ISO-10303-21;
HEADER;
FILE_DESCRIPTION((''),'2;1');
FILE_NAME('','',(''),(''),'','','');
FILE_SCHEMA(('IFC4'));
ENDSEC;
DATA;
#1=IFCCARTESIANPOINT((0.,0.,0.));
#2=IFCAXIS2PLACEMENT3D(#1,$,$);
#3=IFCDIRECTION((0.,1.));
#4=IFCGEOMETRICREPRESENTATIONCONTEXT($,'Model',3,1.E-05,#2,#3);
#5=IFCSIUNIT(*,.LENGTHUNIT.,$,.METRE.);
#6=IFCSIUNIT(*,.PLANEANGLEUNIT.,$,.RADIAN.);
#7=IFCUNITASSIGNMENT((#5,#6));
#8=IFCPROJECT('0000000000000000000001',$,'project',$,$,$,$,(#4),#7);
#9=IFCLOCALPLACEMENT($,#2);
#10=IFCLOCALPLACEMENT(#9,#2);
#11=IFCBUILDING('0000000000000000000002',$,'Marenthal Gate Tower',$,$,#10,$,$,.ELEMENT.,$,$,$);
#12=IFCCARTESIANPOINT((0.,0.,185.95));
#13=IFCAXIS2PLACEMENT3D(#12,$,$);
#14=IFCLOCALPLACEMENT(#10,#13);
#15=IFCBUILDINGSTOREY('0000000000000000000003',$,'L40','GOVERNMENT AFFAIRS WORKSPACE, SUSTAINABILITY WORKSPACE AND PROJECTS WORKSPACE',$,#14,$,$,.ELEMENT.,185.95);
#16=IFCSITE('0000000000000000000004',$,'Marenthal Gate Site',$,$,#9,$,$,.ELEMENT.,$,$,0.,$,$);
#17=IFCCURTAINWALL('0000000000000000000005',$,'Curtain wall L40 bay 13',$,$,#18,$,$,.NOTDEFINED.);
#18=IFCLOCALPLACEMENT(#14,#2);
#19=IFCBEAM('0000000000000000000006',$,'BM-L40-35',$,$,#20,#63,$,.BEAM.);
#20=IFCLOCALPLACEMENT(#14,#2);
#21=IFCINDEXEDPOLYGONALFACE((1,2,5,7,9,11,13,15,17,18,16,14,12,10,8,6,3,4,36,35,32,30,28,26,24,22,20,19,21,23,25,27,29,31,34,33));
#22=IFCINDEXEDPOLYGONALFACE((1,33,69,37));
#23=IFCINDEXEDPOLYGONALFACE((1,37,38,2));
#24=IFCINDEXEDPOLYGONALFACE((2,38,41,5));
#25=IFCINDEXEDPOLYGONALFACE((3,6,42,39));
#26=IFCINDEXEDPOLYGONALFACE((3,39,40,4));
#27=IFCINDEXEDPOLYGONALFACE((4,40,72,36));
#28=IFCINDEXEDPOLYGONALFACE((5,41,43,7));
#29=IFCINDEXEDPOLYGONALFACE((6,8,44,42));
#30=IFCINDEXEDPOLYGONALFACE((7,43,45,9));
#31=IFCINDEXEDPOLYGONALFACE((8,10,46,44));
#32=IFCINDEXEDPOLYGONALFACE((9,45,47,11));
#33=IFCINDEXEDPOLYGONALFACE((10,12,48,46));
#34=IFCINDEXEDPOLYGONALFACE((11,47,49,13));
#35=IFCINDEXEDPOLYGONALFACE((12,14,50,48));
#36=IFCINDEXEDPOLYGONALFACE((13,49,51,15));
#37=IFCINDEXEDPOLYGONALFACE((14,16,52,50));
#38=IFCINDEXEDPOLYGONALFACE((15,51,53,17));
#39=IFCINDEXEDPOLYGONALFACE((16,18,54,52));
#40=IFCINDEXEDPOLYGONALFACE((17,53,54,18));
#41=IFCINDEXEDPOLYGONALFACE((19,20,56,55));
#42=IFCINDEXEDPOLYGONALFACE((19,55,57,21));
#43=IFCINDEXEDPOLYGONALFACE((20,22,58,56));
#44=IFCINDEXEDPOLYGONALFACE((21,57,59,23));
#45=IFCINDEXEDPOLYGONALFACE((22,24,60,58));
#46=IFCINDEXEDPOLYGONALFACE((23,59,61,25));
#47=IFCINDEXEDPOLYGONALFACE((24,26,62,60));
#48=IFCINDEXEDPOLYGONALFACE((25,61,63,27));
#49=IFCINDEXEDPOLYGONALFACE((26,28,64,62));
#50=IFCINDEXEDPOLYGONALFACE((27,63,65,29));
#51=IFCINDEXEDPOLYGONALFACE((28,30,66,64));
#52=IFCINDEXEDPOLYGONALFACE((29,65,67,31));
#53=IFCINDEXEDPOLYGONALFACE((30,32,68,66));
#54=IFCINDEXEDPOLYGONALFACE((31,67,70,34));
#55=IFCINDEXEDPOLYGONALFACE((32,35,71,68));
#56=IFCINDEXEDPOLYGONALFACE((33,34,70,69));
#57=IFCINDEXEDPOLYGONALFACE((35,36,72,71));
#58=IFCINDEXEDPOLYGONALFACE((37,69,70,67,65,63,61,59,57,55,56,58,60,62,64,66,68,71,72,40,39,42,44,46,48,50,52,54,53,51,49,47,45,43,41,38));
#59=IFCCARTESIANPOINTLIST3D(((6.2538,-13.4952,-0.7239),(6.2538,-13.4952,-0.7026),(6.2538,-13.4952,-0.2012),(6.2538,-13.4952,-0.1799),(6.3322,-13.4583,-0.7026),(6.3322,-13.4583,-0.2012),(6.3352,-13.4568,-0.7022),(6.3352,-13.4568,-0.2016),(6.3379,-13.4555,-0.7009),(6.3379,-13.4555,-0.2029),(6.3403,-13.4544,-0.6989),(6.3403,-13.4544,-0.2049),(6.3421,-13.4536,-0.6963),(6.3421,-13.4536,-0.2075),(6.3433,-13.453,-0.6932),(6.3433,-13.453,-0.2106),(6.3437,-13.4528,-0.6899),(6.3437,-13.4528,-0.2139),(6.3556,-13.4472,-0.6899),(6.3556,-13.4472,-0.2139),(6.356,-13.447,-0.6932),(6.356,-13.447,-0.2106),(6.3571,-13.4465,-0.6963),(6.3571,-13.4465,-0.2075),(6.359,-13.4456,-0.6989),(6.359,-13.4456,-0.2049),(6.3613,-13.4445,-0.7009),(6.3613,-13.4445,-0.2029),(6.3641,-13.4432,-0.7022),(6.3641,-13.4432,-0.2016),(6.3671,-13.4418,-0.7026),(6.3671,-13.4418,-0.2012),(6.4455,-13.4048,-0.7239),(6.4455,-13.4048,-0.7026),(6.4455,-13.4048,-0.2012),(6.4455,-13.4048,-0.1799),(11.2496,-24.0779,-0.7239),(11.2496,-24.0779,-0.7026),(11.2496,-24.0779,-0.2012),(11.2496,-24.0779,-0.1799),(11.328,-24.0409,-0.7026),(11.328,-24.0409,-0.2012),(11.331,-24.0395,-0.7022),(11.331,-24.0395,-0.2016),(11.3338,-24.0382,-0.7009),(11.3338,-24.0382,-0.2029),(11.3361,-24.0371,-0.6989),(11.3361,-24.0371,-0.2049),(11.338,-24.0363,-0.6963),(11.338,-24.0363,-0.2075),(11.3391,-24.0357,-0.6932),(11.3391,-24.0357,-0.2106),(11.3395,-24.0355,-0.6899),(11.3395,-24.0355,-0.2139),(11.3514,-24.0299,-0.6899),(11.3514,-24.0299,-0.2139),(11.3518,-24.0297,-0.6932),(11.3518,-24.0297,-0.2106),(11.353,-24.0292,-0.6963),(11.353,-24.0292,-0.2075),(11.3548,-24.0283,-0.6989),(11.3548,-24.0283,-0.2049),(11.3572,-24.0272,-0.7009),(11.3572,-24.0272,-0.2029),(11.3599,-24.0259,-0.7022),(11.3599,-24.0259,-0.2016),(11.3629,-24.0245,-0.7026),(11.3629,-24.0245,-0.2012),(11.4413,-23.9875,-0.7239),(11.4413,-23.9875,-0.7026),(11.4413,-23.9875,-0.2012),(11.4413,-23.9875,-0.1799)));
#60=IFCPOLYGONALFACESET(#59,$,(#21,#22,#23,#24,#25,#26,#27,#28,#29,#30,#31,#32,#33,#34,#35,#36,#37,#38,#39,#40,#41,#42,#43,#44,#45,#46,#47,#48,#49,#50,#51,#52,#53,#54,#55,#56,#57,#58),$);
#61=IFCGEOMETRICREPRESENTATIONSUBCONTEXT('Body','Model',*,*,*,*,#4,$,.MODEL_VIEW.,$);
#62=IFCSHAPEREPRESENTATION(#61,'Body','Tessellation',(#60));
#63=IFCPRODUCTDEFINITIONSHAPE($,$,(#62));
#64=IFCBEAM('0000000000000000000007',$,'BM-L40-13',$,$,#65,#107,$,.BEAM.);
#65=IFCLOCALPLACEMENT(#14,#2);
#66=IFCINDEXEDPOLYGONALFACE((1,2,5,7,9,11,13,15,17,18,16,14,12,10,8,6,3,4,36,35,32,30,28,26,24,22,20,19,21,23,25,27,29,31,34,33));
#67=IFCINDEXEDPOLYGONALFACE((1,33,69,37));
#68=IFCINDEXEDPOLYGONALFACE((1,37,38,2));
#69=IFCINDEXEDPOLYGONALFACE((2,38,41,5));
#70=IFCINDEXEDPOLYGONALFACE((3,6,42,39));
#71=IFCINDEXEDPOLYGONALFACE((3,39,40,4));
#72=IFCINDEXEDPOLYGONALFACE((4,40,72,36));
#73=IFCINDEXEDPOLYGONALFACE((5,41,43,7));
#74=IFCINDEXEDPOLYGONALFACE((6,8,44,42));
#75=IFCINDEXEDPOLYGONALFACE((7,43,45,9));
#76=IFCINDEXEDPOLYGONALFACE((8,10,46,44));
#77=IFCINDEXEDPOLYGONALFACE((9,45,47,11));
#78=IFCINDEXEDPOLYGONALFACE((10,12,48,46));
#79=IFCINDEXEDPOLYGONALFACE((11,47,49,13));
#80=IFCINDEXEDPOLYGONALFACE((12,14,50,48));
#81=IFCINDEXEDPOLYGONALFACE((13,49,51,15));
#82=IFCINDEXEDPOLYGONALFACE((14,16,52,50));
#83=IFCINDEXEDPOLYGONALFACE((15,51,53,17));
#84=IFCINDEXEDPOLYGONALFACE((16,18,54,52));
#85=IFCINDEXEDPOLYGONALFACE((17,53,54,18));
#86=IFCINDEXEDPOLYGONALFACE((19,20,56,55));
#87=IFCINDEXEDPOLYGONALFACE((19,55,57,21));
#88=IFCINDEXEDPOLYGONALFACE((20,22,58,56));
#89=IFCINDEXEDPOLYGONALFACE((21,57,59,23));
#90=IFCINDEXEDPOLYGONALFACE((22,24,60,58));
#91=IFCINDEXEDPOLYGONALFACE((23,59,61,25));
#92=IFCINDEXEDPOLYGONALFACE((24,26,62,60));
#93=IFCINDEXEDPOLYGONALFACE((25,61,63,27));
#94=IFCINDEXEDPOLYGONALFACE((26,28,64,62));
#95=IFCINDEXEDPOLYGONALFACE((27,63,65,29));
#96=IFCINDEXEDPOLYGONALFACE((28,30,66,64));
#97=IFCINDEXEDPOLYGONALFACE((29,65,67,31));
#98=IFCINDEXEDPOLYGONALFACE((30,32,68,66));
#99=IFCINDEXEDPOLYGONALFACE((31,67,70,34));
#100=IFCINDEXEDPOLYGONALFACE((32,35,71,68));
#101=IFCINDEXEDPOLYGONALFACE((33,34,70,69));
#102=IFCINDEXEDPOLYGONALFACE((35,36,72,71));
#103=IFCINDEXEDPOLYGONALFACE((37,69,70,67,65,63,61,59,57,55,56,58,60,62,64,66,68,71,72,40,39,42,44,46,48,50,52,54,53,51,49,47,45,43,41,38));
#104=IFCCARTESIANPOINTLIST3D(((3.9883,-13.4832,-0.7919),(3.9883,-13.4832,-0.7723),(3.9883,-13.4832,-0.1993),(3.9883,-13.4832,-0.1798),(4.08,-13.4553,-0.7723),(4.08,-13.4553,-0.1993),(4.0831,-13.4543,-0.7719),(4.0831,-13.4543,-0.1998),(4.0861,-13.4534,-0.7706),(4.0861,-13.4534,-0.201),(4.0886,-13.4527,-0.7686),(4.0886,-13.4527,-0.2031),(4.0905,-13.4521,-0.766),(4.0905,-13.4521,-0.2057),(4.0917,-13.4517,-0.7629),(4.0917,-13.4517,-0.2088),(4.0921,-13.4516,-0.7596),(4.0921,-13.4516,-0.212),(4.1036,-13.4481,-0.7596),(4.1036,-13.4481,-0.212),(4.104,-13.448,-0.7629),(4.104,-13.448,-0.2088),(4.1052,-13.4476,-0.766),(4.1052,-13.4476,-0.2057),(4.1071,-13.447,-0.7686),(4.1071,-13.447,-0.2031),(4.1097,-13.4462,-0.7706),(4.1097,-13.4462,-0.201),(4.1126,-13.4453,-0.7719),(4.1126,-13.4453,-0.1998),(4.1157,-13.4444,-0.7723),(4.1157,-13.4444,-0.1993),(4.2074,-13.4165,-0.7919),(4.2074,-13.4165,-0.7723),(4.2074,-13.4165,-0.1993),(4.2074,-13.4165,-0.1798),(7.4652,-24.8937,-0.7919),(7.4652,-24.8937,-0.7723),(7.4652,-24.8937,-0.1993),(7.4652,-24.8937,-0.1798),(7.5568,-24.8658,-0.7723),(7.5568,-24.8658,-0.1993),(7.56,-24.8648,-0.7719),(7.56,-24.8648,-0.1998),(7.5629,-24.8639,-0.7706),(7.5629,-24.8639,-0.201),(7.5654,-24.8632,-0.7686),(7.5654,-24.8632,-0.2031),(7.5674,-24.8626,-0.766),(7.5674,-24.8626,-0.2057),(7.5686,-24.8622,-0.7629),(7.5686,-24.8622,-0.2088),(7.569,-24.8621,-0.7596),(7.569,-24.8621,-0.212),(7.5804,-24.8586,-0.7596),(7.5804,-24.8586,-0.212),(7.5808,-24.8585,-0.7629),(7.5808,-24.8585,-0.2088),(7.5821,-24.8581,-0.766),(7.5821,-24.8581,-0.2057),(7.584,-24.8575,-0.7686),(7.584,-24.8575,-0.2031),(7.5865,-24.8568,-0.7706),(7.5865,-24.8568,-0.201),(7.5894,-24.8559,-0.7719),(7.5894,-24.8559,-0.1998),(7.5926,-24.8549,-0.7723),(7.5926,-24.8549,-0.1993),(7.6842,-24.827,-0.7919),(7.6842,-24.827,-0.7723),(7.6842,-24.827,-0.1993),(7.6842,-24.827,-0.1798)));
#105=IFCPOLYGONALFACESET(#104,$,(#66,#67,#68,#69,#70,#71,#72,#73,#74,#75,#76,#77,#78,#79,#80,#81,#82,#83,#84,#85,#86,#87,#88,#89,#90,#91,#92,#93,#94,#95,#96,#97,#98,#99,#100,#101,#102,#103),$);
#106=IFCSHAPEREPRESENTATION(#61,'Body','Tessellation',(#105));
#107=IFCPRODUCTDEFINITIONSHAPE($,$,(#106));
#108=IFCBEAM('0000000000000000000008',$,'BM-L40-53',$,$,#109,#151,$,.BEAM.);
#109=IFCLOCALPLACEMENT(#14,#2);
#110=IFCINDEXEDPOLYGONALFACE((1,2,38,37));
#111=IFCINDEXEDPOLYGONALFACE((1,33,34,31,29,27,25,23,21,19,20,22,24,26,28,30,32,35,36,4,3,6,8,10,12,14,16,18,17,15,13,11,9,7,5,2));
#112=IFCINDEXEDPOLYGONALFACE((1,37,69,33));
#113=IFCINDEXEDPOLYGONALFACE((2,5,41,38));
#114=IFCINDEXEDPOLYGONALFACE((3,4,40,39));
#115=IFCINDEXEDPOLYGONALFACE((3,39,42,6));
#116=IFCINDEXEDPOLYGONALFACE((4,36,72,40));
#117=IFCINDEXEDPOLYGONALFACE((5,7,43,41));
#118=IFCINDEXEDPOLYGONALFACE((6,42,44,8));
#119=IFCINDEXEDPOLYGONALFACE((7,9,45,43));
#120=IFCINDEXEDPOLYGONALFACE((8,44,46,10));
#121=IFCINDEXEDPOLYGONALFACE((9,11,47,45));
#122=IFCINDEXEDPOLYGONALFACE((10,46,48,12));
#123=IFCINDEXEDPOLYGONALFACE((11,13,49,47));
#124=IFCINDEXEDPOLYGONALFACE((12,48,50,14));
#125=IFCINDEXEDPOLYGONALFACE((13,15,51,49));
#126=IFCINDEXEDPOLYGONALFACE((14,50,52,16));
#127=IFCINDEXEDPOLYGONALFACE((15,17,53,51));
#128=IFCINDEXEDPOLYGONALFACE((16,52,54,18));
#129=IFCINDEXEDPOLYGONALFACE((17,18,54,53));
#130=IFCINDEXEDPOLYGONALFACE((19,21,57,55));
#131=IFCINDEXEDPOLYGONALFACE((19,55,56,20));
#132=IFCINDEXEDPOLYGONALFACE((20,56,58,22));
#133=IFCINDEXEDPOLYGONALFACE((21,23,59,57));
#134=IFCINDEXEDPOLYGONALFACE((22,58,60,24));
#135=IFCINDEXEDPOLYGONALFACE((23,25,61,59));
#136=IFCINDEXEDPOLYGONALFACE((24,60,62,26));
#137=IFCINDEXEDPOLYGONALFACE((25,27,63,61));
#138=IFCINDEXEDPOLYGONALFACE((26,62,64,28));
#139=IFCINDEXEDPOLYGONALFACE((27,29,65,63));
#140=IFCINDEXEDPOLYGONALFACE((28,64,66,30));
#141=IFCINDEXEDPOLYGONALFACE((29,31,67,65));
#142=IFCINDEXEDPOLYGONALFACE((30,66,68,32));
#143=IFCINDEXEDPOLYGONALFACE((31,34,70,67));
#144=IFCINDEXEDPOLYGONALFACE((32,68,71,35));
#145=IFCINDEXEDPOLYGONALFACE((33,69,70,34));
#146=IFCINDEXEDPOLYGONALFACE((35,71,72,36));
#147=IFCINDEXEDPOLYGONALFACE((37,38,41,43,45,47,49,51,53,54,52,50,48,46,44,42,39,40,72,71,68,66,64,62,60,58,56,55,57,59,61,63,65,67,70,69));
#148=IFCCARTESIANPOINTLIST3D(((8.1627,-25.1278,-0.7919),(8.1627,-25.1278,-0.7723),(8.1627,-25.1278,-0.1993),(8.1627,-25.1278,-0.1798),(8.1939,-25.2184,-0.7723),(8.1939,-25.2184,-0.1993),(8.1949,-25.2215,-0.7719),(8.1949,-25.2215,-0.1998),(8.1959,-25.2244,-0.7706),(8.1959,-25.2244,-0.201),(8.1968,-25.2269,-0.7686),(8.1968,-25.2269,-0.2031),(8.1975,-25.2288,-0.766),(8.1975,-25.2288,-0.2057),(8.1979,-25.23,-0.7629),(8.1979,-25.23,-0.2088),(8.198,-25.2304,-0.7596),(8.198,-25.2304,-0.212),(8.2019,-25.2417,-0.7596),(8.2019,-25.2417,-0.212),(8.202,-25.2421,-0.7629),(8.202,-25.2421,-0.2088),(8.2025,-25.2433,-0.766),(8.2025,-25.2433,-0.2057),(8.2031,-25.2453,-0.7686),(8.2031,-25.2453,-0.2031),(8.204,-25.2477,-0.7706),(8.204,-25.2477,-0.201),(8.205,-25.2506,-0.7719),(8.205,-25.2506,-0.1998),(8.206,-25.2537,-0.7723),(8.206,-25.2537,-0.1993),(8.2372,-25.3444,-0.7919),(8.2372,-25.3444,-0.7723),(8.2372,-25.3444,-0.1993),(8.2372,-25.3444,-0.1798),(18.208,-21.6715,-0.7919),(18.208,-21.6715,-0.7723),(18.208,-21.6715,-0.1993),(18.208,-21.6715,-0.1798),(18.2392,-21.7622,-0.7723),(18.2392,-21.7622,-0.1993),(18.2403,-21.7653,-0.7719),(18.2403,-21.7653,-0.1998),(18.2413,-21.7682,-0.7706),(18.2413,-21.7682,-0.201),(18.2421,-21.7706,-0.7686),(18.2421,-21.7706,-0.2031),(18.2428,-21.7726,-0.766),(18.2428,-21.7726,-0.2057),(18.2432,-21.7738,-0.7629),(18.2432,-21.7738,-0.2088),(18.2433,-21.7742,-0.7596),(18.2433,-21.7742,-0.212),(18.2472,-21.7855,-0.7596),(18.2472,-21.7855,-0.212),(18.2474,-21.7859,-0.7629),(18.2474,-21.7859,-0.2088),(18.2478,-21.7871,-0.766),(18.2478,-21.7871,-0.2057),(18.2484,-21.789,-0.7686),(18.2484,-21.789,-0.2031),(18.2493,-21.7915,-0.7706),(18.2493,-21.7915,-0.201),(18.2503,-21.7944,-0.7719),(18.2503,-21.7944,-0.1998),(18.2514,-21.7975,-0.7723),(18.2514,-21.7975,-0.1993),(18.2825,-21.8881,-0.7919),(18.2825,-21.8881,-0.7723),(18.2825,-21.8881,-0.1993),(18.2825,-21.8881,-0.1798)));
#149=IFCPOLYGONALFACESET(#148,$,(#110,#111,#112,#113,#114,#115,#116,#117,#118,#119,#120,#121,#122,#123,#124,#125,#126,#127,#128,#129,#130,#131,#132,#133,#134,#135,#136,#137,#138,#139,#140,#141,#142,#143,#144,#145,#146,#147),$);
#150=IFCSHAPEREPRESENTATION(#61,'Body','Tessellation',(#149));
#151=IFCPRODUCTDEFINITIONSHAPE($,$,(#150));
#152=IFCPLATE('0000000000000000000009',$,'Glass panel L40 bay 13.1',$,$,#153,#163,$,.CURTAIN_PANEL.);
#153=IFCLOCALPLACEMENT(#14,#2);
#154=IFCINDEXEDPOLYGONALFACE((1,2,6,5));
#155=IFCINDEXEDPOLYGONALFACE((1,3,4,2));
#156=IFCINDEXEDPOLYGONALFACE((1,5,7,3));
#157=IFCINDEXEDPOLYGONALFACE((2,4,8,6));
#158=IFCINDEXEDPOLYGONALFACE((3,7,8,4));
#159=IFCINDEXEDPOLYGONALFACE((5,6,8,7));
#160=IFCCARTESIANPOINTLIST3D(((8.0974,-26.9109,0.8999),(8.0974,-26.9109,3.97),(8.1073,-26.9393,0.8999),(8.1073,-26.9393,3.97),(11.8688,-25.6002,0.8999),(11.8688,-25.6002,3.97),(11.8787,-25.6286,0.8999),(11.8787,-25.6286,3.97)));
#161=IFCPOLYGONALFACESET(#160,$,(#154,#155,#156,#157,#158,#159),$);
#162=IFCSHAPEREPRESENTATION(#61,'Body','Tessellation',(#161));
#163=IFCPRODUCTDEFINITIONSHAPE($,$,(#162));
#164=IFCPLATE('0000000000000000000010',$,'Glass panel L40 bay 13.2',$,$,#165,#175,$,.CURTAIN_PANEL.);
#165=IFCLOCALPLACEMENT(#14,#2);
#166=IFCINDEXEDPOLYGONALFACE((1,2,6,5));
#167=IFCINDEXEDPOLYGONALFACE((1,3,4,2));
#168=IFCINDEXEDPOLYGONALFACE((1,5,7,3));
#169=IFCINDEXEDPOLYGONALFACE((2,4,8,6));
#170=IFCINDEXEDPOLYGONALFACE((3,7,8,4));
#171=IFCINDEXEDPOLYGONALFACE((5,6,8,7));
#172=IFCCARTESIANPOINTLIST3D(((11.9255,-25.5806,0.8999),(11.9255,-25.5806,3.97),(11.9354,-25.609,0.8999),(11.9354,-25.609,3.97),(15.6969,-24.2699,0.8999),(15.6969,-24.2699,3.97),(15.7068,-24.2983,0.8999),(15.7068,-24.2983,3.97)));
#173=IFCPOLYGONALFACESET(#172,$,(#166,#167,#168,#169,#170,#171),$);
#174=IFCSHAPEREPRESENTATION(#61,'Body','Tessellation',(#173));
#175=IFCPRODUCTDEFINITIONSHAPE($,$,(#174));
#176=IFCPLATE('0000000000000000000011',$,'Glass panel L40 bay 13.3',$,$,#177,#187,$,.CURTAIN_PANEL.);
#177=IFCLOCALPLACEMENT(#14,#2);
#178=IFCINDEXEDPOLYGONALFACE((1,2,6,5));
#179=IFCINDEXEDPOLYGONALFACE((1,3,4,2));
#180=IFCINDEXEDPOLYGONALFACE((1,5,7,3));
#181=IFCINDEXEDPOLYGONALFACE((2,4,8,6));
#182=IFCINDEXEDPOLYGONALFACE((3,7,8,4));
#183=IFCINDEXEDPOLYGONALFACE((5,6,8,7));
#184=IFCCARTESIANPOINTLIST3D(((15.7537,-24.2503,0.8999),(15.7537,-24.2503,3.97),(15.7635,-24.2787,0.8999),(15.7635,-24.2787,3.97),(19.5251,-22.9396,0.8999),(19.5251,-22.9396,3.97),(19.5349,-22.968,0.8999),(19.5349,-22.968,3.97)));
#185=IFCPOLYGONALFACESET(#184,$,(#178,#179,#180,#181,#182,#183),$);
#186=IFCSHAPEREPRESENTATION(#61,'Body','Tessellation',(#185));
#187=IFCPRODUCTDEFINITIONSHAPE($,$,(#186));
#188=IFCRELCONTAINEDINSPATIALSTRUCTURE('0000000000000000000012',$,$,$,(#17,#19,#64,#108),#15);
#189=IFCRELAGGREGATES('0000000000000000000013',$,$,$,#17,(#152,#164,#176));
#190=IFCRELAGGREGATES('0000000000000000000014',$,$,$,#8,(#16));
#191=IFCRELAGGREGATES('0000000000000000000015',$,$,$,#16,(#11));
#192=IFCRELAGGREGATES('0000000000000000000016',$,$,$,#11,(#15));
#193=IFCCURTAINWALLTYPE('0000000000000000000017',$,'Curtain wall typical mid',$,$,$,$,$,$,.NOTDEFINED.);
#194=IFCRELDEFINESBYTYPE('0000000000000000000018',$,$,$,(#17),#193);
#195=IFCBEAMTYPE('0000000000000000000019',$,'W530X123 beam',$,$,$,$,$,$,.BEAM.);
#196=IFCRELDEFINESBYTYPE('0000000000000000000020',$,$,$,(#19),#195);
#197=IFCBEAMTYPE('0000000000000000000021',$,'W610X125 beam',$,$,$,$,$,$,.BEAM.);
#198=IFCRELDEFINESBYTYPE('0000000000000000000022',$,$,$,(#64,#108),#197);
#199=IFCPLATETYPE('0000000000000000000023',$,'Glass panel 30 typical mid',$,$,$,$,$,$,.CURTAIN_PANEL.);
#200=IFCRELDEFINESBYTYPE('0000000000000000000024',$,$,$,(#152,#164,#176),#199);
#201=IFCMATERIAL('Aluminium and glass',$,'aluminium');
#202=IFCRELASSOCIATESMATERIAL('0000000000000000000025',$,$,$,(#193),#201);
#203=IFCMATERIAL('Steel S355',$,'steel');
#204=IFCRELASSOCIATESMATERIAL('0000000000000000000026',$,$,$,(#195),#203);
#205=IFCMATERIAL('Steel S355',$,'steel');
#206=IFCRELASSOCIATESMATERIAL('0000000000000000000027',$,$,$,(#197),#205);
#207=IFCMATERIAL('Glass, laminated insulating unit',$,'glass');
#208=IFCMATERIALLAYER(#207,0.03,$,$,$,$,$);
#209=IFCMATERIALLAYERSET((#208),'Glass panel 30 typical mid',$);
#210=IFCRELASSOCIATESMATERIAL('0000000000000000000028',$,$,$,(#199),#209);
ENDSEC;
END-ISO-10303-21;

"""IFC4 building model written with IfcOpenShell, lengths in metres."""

from ifc_helpers import new_model, si_unit, direction, frame, origin, origin_2d, place, context, subcontext, project, spatial, rectangle, i_section, extrude, material, layer, layer_set, material_profile, profile_set, type_object, element, aggregate, save


model = new_model("IFC4")

# Units and contexts
model_context = context("Model", 3, precision=1e-05, world=origin(), true_north=direction((0.0, 1.0)))
body_context = subcontext(model_context, "Body", "Model", "MODEL_VIEW")
ifc_project = project(units=[si_unit("LENGTHUNIT", "METRE"), si_unit("PLANEANGLEUNIT", "RADIAN")], contexts=[model_context])

# Site, building, storey
site_placement = place(None, origin())
site = spatial("IfcSite", under=ifc_project, at=site_placement, Name="Marenthal Gate Site", CompositionType="ELEMENT", RefElevation=0.0)
building_placement = place(site_placement, origin())
building = spatial("IfcBuilding", under=site, at=building_placement, Name="Marenthal Gate Tower", CompositionType="ELEMENT")
storey_placement = place(building_placement, frame((0.0, 0.0, 185.95)))
storey = spatial("IfcBuildingStorey", under=building, at=storey_placement, Name="L40", Description="GOVERNMENT AFFAIRS WORKSPACE, SUSTAINABILITY WORKSPACE AND PROJECTS WORKSPACE", CompositionType="ELEMENT", Elevation=185.95)

# Curtain wall
ifc_material_1 = material(Name="Aluminium and glass", Category="aluminium")
curtain_wall_type = type_object("IfcCurtainWallType", Name="Curtain wall typical mid", PredefinedType="NOTDEFINED", material=ifc_material_1)
curtain_wall_placement = place(storey_placement, origin())
curtain_wall = element("IfcCurtainWall", 1, at=curtain_wall_placement, inside=storey, type_object=curtain_wall_type, Name="Curtain wall L40 bay 13", PredefinedType="NOTDEFINED")

# Beams
ifc_material_2 = material(Name="Steel S355", Category="steel")
ifc_material_profile_1 = material_profile(ifc_material_2, i_section(OverallWidth=0.2119, OverallDepth=0.5439, WebThickness=0.0132, FlangeThickness=0.0212, FilletRadius=0.0127, at=origin_2d()), Name="W530X123")
ifc_profile_set_1 = profile_set([ifc_material_profile_1], Name="Steel S355")
beam_type_1 = type_object("IfcBeamType", Name="W530X123 beam", PredefinedType="BEAM", material=ifc_profile_set_1)
beam_1_placement = place(storey_placement, frame((11.3455, -24.0327, -0.4519), z_axis=(-0.426897, 0.9043, 0.0), x_axis=(-0.9043, -0.426897, 0.0)))
element("IfcBeam", 2, at=beam_1_placement, inside=storey, type_object=beam_type_1, Name="BM-L40-35", PredefinedType="BEAM", context=body_context, shape_type="SweptSolid", body=[
    extrude(i_section(OverallWidth=0.2119, OverallDepth=0.5439, WebThickness=0.0132, FlangeThickness=0.0212, FilletRadius=0.0127, at=origin_2d()), origin(), (0.0, 0.0, 1.0), 11.7026),
])
ifc_material_3 = material(Name="Steel S355", Category="steel")
ifc_material_profile_2 = material_profile(ifc_material_3, i_section(OverallWidth=0.229, OverallDepth=0.6121, WebThickness=0.012, FlangeThickness=0.0195, FilletRadius=0.0127, at=origin_2d()), Name="W610X125")
ifc_profile_set_2 = profile_set([ifc_material_profile_2], Name="Steel S355")
beam_type_2 = type_object("IfcBeamType", Name="W610X125 beam", PredefinedType="BEAM", material=ifc_profile_set_2)
beam_2_placement = place(storey_placement, frame((7.5747, -24.8604, -0.4858), z_axis=(-0.291474, 0.956579, 0.0), x_axis=(-0.956579, -0.291474, 0.0)))
element("IfcBeam", 3, at=beam_2_placement, inside=storey, type_object=beam_type_2, Name="BM-L40-13", PredefinedType="BEAM", context=body_context, shape_type="SweptSolid", body=[
    extrude(i_section(OverallWidth=0.229, OverallDepth=0.6121, WebThickness=0.012, FlangeThickness=0.0195, FilletRadius=0.0127, at=origin_2d()), origin(), (0.0, 0.0, 1.0), 11.9285),
])
beam_3_placement = place(storey_placement, frame((8.2, -25.2361, -0.4858), z_axis=(0.945594, 0.325348, 0.0), x_axis=(-0.325348, 0.945594, 0.0)))
element("IfcBeam", 4, at=beam_3_placement, inside=storey, type_object=beam_type_2, Name="BM-L40-53", PredefinedType="BEAM", context=body_context, shape_type="SweptSolid", body=[
    extrude(i_section(OverallWidth=0.229, OverallDepth=0.6121, WebThickness=0.012, FlangeThickness=0.0195, FilletRadius=0.0127, at=origin_2d()), origin(), (0.0, 0.0, 1.0), 10.6233),
])

# Plates
ifc_material_4 = material(Name="Glass, laminated insulating unit", Category="glass")
ifc_layer_1 = layer(ifc_material_4, 0.03)
ifc_layer_set_1 = layer_set([ifc_layer_1], Name="Glass panel 30 typical mid")
plate_type = type_object("IfcPlateType", Name="Glass panel 30 typical mid", PredefinedType="CURTAIN_PANEL", material=ifc_layer_set_1)
plate_1_placement = place(storey_placement, frame((9.988, -26.2698, 0.8999), z_axis=(0.0, 0.0, 1.0), x_axis=(0.944583, 0.328273, 0.0)))
plate_1 = element("IfcPlate", 5, at=plate_1_placement, type_object=plate_type, Name="Glass panel L40 bay 13.1", PredefinedType="CURTAIN_PANEL", context=body_context, shape_type="SweptSolid", body=[
    extrude(rectangle(XDim=3.9927, YDim=0.03, at=origin_2d()), origin(), (0.0, 0.0, 1.0), 3.0701),
])
plate_2_placement = place(storey_placement, frame((13.8162, -24.9395, 0.8999), z_axis=(0.0, 0.0, 1.0), x_axis=(0.944583, 0.328273, 0.0)))
plate_2 = element("IfcPlate", 6, at=plate_2_placement, type_object=plate_type, Name="Glass panel L40 bay 13.2", PredefinedType="CURTAIN_PANEL", context=body_context, shape_type="SweptSolid", body=[
    extrude(rectangle(XDim=3.9927, YDim=0.03, at=origin_2d()), origin(), (0.0, 0.0, 1.0), 3.0701),
])
plate_3_placement = place(storey_placement, frame((17.6443, -23.6091, 0.8999), z_axis=(0.0, 0.0, 1.0), x_axis=(0.944583, 0.328273, 0.0)))
plate_3 = element("IfcPlate", 7, at=plate_3_placement, type_object=plate_type, Name="Glass panel L40 bay 13.3", PredefinedType="CURTAIN_PANEL", context=body_context, shape_type="SweptSolid", body=[
    extrude(rectangle(XDim=3.9927, YDim=0.03, at=origin_2d()), origin(), (0.0, 0.0, 1.0), 3.0701),
])
aggregate(curtain_wall, [plate_1, plate_2, plate_3])

save(model, "model.ifc")
